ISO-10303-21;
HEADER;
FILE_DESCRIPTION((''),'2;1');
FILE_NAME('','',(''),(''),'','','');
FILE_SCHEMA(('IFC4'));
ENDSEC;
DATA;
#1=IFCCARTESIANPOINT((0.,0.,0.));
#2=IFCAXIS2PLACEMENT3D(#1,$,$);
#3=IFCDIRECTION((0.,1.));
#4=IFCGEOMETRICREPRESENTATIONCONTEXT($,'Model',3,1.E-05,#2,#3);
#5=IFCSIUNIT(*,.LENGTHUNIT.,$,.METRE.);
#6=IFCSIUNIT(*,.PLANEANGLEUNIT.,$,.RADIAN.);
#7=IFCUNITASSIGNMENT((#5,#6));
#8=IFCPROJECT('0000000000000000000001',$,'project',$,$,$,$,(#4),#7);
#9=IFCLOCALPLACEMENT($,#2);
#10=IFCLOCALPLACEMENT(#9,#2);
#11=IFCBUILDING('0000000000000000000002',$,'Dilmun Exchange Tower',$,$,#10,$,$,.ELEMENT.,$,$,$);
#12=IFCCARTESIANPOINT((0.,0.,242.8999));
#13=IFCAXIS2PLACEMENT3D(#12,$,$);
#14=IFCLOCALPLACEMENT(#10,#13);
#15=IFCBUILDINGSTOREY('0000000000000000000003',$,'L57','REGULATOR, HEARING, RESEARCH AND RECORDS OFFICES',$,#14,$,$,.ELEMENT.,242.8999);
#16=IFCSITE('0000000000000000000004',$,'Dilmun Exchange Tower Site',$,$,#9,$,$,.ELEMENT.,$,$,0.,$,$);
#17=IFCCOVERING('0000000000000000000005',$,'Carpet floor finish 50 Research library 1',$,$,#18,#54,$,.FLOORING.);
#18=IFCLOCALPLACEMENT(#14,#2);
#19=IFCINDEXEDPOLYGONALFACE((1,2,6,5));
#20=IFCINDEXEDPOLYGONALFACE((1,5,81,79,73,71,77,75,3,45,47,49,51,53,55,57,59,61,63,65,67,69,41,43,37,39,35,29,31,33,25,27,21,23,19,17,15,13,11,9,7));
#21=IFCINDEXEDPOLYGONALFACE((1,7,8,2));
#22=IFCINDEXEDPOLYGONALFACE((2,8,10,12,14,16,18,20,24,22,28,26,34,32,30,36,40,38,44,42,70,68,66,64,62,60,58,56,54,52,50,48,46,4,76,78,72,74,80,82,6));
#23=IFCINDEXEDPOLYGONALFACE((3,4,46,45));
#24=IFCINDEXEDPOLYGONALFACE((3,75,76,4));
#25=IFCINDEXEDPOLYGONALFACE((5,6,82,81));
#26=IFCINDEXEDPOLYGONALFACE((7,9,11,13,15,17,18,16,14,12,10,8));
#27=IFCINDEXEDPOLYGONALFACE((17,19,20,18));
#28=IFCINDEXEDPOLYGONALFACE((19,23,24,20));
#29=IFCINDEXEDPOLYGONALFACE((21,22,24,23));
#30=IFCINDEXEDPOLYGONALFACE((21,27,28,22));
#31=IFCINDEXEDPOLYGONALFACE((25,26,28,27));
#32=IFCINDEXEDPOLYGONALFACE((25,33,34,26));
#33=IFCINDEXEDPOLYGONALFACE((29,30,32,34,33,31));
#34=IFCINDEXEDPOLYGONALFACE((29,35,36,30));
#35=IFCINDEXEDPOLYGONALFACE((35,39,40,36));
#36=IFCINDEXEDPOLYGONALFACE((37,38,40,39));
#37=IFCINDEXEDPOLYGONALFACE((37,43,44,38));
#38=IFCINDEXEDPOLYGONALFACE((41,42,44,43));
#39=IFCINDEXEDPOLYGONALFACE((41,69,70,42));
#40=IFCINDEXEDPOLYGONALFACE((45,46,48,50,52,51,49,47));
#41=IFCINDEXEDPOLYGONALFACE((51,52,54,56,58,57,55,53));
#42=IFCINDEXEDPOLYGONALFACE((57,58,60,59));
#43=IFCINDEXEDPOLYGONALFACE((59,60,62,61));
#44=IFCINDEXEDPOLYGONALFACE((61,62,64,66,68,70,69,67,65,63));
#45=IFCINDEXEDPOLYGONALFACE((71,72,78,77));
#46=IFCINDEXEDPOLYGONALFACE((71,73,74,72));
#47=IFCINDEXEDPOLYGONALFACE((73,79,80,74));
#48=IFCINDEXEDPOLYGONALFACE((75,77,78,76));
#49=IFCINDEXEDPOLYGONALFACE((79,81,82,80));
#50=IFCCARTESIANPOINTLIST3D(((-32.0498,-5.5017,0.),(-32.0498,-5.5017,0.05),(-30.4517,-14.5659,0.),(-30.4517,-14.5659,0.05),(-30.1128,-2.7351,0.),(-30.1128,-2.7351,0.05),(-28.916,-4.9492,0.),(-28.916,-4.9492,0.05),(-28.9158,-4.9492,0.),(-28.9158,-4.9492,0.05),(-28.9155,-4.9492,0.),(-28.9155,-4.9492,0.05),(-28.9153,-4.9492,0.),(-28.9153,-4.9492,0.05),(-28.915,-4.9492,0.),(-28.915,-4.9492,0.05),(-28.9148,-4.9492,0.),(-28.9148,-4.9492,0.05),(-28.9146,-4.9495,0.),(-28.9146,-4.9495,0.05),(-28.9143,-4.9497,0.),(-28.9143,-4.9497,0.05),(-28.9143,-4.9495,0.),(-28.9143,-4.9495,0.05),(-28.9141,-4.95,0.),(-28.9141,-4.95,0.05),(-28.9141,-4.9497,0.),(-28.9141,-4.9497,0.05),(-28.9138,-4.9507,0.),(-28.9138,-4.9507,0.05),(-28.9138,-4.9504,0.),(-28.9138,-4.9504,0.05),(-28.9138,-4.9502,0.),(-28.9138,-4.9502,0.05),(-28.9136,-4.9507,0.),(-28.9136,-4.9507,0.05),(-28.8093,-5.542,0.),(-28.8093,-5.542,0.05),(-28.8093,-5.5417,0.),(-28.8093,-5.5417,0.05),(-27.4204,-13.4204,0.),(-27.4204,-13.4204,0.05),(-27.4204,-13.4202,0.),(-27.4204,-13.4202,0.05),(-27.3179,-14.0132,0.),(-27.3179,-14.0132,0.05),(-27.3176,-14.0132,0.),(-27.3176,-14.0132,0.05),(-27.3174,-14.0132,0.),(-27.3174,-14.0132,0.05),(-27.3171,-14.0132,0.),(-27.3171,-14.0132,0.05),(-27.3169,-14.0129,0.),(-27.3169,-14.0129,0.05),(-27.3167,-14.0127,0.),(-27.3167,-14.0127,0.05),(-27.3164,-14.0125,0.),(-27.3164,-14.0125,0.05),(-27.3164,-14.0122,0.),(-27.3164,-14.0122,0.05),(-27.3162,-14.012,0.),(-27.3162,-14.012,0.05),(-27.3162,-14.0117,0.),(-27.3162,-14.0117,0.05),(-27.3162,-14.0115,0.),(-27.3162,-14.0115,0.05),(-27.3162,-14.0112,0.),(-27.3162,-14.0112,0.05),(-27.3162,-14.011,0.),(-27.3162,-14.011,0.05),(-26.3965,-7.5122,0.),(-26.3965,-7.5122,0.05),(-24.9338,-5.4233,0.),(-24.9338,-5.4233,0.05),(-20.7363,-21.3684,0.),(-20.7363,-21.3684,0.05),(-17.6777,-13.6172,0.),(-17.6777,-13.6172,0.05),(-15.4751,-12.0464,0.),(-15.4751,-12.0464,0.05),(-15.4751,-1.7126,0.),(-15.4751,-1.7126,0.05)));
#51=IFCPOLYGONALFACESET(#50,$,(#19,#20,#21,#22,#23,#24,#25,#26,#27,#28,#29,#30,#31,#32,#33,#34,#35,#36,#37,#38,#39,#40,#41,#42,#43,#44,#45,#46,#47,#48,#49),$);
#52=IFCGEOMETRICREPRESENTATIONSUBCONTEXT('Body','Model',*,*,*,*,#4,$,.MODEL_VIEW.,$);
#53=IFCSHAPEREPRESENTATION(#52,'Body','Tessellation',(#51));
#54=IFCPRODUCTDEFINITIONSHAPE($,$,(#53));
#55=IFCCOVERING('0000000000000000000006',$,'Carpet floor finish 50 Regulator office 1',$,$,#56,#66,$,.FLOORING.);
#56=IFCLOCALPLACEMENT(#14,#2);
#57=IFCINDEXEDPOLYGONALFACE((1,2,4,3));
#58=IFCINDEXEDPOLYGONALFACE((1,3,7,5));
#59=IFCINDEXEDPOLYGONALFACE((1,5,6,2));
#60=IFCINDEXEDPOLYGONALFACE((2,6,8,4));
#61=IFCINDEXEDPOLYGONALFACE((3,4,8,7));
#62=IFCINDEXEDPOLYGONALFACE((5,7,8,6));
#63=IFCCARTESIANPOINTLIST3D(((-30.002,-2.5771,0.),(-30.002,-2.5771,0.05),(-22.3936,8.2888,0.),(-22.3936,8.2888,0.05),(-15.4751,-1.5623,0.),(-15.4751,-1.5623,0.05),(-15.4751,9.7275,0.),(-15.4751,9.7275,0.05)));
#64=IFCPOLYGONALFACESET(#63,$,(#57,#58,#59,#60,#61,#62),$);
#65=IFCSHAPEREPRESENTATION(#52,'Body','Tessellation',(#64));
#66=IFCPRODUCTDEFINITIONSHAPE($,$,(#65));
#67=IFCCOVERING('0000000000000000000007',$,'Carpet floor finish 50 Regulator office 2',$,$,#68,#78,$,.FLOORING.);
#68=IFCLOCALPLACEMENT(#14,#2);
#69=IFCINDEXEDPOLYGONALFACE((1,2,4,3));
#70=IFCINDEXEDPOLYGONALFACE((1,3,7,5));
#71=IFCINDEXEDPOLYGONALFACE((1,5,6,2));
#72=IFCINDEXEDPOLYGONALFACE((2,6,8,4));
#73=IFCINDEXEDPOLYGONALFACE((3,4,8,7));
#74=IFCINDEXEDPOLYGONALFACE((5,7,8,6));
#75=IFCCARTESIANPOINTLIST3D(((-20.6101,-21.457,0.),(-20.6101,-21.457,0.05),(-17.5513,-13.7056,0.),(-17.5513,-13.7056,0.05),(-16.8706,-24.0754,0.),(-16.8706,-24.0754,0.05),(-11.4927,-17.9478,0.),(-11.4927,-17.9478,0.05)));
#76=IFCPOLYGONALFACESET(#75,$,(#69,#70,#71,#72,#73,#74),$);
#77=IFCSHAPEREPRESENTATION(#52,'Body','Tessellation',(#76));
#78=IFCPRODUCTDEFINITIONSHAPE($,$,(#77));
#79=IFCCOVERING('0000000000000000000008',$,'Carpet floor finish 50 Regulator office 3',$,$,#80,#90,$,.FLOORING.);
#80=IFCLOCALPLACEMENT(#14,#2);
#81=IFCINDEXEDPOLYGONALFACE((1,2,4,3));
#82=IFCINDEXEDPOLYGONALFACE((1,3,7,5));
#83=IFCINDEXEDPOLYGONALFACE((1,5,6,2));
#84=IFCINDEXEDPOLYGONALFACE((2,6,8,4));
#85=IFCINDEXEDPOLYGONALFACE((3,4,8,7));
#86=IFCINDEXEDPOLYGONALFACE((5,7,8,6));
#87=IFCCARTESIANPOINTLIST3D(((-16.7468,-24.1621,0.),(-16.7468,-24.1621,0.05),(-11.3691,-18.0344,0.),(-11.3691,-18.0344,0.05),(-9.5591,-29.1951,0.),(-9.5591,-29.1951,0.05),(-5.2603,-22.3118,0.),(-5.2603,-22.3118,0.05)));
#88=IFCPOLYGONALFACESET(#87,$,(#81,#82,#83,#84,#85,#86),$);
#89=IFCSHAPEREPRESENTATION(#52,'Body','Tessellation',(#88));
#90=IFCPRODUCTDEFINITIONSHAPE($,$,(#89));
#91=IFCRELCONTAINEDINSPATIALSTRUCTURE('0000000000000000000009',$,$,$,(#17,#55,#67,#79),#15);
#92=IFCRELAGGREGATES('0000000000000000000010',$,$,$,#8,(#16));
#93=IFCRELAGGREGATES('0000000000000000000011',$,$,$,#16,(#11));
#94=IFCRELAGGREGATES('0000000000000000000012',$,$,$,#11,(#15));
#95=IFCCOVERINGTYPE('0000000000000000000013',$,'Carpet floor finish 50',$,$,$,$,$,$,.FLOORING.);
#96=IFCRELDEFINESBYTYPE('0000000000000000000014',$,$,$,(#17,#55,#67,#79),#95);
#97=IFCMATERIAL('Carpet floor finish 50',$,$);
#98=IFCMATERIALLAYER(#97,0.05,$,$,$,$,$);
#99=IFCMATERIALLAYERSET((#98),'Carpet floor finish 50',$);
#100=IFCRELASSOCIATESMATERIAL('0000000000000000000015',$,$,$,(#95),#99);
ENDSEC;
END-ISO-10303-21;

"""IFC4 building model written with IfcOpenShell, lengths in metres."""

from ifc_helpers import new_model, si_unit, direction, frame, origin, place, context, subcontext, project, spatial, polyline, outline, extrude, material, layer, layer_set, type_object, element, save


model = new_model("IFC4")

# Units and contexts
model_context = context("Model", 3, precision=1e-05, world=origin(), true_north=direction((0.0, 1.0)))
body_context = subcontext(model_context, "Body", "Model", "MODEL_VIEW")
ifc_project = project(units=[si_unit("LENGTHUNIT", "METRE"), si_unit("PLANEANGLEUNIT", "RADIAN")], contexts=[model_context])

# Site, building, storey
site_placement = place(None, origin())
site = spatial("IfcSite", under=ifc_project, at=site_placement, Name="Dilmun Exchange Tower Site", CompositionType="ELEMENT", RefElevation=0.0)
building_placement = place(site_placement, origin())
building = spatial("IfcBuilding", under=site, at=building_placement, Name="Dilmun Exchange Tower", CompositionType="ELEMENT")
storey_placement = place(building_placement, frame((0.0, 0.0, 242.8999)))
storey = spatial("IfcBuildingStorey", under=building, at=storey_placement, Name="L57", Description="REGULATOR, HEARING, RESEARCH AND RECORDS OFFICES", CompositionType="ELEMENT", Elevation=242.8999)

# Coverings
ifc_material_1 = material(Name="Carpet floor finish 50")
ifc_layer_1 = layer(ifc_material_1, 0.05)
ifc_layer_set_1 = layer_set([ifc_layer_1], Name="Carpet floor finish 50")
covering_type_1 = type_object("IfcCoveringType", Name="Carpet floor finish 50", PredefinedType="FLOORING", material=ifc_layer_set_1)
covering_1_placement = place(storey_placement, origin())
element("IfcCovering", 1, at=covering_1_placement, inside=storey, type_object=covering_type_1, Name="Carpet floor finish 50 Research library 1", PredefinedType="FLOORING", context=body_context, shape_type="SweptSolid", body=[
    extrude(outline(polyline([(-15.4751, -1.7126), (-15.4751, -12.0464), (-24.9338, -5.4233), (-26.3965, -7.5122), (-17.6777, -13.6172), (-20.7363, -21.3684), (-30.4517, -14.5659), (-27.3179, -14.0132), (-27.3176, -14.0132), (-27.3174, -14.0132), (-27.3171, -14.0132), (-27.3169, -14.0129), (-27.3169, -14.0129), (-27.3167, -14.0127), (-27.3167, -14.0127), (-27.3164, -14.0125), (-27.3164, -14.0122), (-27.3164, -14.0122), (-27.3162, -14.012), (-27.3162, -14.0117), (-27.3162, -14.0117), (-27.3162, -14.0115), (-27.3162, -14.0112), (-27.3162, -14.011), (-27.4204, -13.4204), (-27.4204, -13.4204), (-27.4204, -13.4202), (-28.8093, -5.542), (-28.8093, -5.542), (-28.8093, -5.542), (-28.8093, -5.5417), (-28.9136, -4.9507), (-28.9138, -4.9507), (-28.9138, -4.9504), (-28.9138, -4.9502), (-28.9138, -4.9502), (-28.9141, -4.95), (-28.9141, -4.9497), (-28.9143, -4.9497), (-28.9143, -4.9495), (-28.9146, -4.9495), (-28.9148, -4.9492), (-28.915, -4.9492), (-28.9153, -4.9492), (-28.9153, -4.9492), (-28.9155, -4.9492), (-28.9158, -4.9492), (-28.916, -4.9492), (-32.0498, -5.5017), (-30.1128, -2.7351), (-15.4751, -1.7126)])), origin(), (0.0, 0.0, 1.0), 0.05),
])
covering_2_placement = place(storey_placement, origin())
element("IfcCovering", 2, at=covering_2_placement, inside=storey, type_object=covering_type_1, Name="Carpet floor finish 50 Regulator office 1", PredefinedType="FLOORING", context=body_context, shape_type="SweptSolid", body=[
    extrude(outline(polyline([(-15.4751, 9.7275), (-15.4751, -1.5623), (-30.002, -2.5771), (-22.3936, 8.2888), (-15.4751, 9.7275)])), origin(), (0.0, 0.0, 1.0), 0.05),
])
covering_3_placement = place(storey_placement, origin())
element("IfcCovering", 3, at=covering_3_placement, inside=storey, type_object=covering_type_1, Name="Carpet floor finish 50 Regulator office 2", PredefinedType="FLOORING", context=body_context, shape_type="SweptSolid", body=[
    extrude(outline(polyline([(-17.5513, -13.7056), (-11.4927, -17.9478), (-16.8706, -24.0754), (-20.6101, -21.457), (-17.5513, -13.7056)])), origin(), (0.0, 0.0, 1.0), 0.05),
])
covering_4_placement = place(storey_placement, origin())
element("IfcCovering", 4, at=covering_4_placement, inside=storey, type_object=covering_type_1, Name="Carpet floor finish 50 Regulator office 3", PredefinedType="FLOORING", context=body_context, shape_type="SweptSolid", body=[
    extrude(outline(polyline([(-11.3691, -18.0344), (-5.2603, -22.3118), (-9.5591, -29.1951), (-16.7468, -24.1621), (-11.3691, -18.0344)])), origin(), (0.0, 0.0, 1.0), 0.05),
])

save(model, "model.ifc")
